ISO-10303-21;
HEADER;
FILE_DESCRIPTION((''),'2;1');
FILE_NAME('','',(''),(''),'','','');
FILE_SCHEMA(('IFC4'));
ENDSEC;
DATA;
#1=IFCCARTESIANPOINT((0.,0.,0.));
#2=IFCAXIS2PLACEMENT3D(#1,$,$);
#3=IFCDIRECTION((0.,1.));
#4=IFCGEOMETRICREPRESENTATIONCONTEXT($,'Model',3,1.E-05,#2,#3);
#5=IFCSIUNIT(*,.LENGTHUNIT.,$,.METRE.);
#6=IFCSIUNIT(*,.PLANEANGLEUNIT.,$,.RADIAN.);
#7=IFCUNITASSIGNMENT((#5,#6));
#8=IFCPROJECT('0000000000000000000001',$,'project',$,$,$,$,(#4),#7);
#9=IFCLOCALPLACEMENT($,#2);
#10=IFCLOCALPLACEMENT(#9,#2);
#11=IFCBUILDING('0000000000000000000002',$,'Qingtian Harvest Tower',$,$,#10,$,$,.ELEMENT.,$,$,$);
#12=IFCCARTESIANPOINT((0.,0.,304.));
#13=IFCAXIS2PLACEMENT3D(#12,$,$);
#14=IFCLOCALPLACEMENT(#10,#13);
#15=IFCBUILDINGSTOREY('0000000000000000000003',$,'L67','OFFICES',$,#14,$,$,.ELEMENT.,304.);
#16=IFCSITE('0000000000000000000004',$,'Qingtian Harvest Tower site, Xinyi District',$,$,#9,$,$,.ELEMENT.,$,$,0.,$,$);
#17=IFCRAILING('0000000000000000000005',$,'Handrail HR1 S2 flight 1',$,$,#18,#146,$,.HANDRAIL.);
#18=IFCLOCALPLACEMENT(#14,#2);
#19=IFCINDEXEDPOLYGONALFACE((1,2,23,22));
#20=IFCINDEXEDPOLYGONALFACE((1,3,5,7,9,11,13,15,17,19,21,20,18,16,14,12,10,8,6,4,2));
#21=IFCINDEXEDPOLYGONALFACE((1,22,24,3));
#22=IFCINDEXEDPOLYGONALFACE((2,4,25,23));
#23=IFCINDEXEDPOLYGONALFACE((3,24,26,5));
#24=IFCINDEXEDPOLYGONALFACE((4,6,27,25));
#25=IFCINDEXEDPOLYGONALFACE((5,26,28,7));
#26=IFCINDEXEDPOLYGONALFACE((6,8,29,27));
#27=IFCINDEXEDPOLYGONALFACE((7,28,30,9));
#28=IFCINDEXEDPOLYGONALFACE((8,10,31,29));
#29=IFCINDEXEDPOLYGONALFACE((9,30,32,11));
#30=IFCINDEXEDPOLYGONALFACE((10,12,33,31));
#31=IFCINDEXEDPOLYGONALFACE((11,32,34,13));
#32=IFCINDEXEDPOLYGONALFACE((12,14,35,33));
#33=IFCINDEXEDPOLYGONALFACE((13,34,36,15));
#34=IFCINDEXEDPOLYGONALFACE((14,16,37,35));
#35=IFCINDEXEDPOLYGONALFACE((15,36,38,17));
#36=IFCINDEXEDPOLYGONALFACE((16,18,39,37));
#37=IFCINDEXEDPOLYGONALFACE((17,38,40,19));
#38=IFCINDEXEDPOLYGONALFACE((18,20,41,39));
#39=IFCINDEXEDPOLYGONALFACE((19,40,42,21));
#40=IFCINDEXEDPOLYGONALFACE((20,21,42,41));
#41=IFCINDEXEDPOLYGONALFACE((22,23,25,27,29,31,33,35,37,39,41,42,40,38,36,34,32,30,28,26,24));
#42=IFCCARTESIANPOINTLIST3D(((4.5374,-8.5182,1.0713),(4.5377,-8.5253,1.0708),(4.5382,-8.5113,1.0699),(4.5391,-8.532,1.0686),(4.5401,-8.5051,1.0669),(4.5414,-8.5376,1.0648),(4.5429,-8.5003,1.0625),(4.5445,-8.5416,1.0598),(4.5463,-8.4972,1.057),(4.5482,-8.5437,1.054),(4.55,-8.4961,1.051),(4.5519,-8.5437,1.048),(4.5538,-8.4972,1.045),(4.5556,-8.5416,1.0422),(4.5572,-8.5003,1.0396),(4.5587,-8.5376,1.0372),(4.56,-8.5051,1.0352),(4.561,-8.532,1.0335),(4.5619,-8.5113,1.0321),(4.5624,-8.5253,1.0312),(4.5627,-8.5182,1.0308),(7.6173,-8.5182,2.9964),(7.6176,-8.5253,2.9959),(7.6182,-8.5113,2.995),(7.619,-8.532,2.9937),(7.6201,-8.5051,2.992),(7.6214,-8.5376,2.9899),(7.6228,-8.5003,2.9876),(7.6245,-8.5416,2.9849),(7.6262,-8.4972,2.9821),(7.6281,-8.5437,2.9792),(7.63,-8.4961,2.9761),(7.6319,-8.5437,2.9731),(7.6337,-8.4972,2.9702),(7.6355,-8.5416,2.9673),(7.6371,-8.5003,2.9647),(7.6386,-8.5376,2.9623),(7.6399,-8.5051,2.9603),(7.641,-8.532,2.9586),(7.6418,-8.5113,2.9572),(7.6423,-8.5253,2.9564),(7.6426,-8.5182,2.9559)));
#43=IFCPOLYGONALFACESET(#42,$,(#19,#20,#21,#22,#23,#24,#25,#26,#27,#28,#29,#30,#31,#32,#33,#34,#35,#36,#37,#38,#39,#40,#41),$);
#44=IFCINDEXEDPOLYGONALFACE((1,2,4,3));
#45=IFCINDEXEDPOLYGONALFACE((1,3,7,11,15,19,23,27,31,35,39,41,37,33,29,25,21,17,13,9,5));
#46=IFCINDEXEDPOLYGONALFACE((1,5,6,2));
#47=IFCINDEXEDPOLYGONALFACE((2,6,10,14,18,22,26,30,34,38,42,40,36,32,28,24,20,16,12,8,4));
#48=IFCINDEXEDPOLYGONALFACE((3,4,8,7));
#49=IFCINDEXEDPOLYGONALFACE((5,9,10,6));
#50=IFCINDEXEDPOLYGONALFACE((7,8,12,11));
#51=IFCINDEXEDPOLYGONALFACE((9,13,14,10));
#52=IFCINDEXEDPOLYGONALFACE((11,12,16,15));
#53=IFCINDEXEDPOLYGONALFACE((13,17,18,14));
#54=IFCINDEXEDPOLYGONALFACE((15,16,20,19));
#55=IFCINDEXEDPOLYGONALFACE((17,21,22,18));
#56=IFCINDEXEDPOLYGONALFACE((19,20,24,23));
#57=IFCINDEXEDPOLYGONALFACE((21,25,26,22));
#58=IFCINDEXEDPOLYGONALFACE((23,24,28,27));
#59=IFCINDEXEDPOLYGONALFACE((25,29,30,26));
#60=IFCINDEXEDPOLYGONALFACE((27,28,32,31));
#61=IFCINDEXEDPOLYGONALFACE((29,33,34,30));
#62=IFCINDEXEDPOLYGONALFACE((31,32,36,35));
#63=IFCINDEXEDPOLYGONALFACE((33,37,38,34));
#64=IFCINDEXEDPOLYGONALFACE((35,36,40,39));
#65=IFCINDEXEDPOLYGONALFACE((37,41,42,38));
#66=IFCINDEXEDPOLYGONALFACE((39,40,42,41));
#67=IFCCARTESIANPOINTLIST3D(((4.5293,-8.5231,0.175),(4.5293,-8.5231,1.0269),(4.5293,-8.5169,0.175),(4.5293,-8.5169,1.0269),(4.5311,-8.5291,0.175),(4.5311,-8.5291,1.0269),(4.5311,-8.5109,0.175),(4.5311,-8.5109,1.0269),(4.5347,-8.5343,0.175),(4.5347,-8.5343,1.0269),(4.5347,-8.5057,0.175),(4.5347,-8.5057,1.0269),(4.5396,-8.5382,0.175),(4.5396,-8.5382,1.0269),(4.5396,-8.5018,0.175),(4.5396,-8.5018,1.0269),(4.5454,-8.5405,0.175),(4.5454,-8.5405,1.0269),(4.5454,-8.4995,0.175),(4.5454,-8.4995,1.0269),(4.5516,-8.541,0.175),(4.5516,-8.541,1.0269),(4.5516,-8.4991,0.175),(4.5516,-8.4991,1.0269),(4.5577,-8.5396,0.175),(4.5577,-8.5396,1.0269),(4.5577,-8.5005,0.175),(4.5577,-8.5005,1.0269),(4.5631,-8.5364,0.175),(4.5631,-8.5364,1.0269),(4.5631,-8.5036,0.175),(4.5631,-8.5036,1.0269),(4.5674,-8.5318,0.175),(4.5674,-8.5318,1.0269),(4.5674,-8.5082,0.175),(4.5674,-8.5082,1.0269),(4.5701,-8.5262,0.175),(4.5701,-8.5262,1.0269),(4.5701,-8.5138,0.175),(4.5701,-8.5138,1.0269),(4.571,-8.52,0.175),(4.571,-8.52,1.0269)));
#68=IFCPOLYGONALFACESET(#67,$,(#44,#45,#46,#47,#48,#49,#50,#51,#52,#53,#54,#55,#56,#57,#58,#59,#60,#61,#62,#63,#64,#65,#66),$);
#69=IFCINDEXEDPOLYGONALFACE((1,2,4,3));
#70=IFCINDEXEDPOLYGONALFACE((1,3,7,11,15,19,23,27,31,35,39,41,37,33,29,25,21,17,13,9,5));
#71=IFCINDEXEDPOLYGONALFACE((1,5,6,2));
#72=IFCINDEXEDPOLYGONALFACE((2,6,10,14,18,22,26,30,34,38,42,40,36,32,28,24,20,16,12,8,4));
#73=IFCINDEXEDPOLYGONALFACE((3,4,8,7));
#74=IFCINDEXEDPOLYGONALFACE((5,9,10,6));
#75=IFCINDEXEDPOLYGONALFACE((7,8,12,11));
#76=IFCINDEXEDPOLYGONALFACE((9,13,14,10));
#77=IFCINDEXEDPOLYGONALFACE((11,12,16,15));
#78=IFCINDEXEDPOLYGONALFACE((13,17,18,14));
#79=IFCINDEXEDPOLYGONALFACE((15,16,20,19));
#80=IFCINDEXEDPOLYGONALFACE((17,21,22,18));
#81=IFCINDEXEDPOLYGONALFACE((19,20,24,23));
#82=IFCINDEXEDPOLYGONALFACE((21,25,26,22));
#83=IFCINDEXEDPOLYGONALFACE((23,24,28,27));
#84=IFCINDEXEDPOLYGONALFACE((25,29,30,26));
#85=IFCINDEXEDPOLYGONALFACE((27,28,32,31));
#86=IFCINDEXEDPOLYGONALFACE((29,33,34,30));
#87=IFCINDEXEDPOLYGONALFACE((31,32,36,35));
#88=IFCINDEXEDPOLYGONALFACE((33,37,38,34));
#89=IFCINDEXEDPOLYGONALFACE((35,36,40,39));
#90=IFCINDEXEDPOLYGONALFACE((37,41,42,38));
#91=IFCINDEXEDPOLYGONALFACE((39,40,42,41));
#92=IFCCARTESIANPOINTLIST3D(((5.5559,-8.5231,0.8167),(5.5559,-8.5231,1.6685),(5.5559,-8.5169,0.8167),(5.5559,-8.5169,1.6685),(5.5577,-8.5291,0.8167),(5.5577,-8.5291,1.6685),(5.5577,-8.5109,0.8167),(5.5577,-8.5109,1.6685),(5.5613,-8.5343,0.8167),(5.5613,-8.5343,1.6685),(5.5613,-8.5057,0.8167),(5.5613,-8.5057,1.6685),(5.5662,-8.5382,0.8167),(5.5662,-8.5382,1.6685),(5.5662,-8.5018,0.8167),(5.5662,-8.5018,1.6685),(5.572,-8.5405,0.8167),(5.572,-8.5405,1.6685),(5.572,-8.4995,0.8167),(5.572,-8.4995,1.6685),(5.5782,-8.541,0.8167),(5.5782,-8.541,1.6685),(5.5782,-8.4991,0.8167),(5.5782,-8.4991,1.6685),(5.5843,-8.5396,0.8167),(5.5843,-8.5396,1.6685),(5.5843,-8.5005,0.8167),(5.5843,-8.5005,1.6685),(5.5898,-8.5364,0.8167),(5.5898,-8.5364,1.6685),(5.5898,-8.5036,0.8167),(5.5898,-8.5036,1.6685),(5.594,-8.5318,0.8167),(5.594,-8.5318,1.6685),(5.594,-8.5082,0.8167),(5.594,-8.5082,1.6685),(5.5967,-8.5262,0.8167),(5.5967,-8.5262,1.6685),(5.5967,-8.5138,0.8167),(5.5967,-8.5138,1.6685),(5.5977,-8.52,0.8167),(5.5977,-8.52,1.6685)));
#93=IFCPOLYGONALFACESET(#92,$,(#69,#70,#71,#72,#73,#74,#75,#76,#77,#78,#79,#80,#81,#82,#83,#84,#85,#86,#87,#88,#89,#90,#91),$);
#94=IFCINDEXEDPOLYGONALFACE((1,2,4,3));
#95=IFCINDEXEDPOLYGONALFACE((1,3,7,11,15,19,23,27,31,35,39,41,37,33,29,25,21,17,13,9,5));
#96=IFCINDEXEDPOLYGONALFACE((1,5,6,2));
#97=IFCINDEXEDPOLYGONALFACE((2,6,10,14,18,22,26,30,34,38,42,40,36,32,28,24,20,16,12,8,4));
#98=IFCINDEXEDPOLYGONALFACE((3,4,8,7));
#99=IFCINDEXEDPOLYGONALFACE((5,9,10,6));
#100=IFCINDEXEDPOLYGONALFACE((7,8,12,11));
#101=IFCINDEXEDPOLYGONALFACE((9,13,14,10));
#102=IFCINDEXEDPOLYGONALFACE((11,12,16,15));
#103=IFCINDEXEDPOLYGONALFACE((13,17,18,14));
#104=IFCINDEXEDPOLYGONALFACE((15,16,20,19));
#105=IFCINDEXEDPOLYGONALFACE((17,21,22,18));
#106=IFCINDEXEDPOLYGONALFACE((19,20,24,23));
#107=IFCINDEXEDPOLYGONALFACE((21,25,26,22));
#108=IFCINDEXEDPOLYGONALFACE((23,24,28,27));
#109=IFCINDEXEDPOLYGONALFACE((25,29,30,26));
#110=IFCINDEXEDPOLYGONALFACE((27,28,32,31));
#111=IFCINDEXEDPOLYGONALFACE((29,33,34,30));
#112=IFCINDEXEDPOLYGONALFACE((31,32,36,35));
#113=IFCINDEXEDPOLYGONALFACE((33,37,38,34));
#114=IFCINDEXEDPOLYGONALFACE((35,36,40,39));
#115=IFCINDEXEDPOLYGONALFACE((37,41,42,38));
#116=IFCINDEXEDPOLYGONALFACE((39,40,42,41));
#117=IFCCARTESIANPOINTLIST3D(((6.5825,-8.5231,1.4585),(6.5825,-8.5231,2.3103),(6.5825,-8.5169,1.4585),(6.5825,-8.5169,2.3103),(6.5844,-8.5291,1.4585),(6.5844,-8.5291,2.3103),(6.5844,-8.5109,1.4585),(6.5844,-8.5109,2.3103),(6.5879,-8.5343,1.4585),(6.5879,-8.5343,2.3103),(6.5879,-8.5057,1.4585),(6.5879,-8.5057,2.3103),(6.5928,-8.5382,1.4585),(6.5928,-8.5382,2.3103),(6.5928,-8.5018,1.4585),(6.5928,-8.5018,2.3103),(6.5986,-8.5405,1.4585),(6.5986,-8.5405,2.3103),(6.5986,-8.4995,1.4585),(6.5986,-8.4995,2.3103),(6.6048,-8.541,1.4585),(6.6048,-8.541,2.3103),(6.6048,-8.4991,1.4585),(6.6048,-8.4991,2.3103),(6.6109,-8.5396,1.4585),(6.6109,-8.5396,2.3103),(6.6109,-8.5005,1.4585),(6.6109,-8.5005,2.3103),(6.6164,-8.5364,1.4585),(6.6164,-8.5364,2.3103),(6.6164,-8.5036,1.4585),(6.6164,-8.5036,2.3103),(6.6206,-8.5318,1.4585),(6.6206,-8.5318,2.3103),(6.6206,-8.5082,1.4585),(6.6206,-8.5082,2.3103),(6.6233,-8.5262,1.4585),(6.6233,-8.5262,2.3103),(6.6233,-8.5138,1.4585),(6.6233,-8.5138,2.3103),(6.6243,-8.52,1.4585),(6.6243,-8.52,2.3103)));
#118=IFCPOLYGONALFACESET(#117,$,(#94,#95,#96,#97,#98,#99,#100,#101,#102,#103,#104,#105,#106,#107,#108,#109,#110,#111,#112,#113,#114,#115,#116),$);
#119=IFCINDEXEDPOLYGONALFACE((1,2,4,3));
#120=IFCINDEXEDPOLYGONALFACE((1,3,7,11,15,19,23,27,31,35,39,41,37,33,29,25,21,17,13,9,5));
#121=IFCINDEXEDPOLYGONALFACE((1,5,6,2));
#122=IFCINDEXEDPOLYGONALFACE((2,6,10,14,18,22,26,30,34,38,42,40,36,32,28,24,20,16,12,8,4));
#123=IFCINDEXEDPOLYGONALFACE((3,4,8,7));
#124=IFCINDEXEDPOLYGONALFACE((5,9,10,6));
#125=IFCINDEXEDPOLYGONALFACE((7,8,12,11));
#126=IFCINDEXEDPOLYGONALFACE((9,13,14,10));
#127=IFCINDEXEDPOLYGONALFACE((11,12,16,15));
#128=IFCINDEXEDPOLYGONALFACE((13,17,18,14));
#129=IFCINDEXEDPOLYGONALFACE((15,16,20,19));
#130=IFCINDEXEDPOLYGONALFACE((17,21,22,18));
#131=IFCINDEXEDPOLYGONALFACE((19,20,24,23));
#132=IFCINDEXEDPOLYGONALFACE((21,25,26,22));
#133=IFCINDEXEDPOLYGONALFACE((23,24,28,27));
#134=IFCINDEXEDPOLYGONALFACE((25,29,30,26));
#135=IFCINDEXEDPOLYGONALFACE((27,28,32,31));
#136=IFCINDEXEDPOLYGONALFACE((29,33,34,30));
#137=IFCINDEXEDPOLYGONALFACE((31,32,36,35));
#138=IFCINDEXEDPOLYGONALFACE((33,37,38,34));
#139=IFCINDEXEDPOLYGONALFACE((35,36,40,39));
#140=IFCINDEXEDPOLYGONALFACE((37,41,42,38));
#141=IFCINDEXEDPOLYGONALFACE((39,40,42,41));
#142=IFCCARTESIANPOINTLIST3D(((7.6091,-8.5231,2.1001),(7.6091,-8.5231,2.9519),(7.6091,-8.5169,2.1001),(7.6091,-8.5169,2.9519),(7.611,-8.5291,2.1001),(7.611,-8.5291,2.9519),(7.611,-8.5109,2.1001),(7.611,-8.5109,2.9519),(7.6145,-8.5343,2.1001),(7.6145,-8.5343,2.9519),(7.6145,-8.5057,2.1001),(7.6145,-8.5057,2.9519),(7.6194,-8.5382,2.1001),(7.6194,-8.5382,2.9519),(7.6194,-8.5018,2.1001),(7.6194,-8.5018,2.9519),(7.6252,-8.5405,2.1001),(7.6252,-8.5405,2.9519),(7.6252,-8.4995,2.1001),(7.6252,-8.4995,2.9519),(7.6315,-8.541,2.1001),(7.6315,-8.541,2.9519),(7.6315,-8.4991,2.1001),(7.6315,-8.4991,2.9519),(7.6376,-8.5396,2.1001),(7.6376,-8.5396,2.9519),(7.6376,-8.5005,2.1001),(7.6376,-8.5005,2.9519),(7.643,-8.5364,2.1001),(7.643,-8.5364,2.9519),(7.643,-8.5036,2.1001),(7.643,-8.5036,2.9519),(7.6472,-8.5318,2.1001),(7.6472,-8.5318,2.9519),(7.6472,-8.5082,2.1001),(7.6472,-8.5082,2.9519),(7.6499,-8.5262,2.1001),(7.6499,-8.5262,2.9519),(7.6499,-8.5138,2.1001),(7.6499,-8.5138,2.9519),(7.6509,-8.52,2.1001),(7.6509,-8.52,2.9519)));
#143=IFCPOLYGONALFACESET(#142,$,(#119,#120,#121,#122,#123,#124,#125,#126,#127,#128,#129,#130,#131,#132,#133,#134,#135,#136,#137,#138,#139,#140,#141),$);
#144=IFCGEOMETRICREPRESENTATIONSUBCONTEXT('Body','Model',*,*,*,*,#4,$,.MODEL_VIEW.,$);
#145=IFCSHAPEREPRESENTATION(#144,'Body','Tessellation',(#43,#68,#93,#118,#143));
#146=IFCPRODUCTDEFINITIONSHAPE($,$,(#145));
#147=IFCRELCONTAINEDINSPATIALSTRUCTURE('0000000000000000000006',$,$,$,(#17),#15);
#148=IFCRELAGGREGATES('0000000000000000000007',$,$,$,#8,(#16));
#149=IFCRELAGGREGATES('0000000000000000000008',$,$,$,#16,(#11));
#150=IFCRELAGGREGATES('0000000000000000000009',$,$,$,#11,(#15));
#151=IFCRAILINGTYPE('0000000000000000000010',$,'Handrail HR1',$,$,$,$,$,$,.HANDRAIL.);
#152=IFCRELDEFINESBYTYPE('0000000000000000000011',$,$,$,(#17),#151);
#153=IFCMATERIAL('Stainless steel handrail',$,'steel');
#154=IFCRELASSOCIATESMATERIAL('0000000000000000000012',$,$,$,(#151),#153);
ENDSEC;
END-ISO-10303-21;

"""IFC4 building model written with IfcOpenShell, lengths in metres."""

from ifc_helpers import new_model, si_unit, direction, frame, origin, origin_2d, place, context, subcontext, project, spatial, circle, extrude, material, type_object, element, save


model = new_model("IFC4")

# Units and contexts
model_context = context("Model", 3, precision=1e-05, world=origin(), true_north=direction((0.0, 1.0)))
body_context = subcontext(model_context, "Body", "Model", "MODEL_VIEW")
ifc_project = project(units=[si_unit("LENGTHUNIT", "METRE"), si_unit("PLANEANGLEUNIT", "RADIAN")], contexts=[model_context])

# Site, building, storey
site_placement = place(None, origin())
site = spatial("IfcSite", under=ifc_project, at=site_placement, Name="Qingtian Harvest Tower site, Xinyi District", CompositionType="ELEMENT", RefElevation=0.0)
building_placement = place(site_placement, origin())
building = spatial("IfcBuilding", under=site, at=building_placement, Name="Qingtian Harvest Tower", CompositionType="ELEMENT")
storey_placement = place(building_placement, frame((0.0, 0.0, 304.0)))
storey = spatial("IfcBuildingStorey", under=building, at=storey_placement, Name="L67", Description="OFFICES", CompositionType="ELEMENT", Elevation=304.0)

# Railing
ifc_material_1 = material(Name="Stainless steel handrail", Category="steel")
railing_type = type_object("IfcRailingType", Name="Handrail HR1", PredefinedType="HANDRAIL", material=ifc_material_1)
railing_1_placement = place(storey_placement, frame((4.55, -8.52, 0.175)))
element("IfcRailing", 1, at=railing_1_placement, inside=storey, type_object=railing_type, Name="Handrail HR1 S2 flight 1", PredefinedType="HANDRAIL", context=body_context, shape_type="SweptSolid", body=[
    extrude(circle(Radius=0.0239, at=origin_2d()), frame((0.0, 0.0, 0.876), z_axis=(0.847979, 0.0, 0.530029), x_axis=(0.0, 1.0, 0.0)), (0.0, 0.0, 1.0), 3.6321),
    extrude(circle(Radius=0.021, at=origin_2d()), origin(), (0.0, 0.0, 1.0), 0.8518),
    extrude(circle(Radius=0.021, at=origin_2d()), frame((1.0266, 0.0, 0.6416)), (0.0, 0.0, 1.0), 0.8518),
    extrude(circle(Radius=0.021, at=origin_2d()), frame((2.0532, 0.0, 1.2834)), (0.0, 0.0, 1.0), 0.8518),
    extrude(circle(Radius=0.021, at=origin_2d()), frame((3.0798, 0.0, 1.925)), (0.0, 0.0, 1.0), 0.8518),
])

save(model, "model.ifc")
